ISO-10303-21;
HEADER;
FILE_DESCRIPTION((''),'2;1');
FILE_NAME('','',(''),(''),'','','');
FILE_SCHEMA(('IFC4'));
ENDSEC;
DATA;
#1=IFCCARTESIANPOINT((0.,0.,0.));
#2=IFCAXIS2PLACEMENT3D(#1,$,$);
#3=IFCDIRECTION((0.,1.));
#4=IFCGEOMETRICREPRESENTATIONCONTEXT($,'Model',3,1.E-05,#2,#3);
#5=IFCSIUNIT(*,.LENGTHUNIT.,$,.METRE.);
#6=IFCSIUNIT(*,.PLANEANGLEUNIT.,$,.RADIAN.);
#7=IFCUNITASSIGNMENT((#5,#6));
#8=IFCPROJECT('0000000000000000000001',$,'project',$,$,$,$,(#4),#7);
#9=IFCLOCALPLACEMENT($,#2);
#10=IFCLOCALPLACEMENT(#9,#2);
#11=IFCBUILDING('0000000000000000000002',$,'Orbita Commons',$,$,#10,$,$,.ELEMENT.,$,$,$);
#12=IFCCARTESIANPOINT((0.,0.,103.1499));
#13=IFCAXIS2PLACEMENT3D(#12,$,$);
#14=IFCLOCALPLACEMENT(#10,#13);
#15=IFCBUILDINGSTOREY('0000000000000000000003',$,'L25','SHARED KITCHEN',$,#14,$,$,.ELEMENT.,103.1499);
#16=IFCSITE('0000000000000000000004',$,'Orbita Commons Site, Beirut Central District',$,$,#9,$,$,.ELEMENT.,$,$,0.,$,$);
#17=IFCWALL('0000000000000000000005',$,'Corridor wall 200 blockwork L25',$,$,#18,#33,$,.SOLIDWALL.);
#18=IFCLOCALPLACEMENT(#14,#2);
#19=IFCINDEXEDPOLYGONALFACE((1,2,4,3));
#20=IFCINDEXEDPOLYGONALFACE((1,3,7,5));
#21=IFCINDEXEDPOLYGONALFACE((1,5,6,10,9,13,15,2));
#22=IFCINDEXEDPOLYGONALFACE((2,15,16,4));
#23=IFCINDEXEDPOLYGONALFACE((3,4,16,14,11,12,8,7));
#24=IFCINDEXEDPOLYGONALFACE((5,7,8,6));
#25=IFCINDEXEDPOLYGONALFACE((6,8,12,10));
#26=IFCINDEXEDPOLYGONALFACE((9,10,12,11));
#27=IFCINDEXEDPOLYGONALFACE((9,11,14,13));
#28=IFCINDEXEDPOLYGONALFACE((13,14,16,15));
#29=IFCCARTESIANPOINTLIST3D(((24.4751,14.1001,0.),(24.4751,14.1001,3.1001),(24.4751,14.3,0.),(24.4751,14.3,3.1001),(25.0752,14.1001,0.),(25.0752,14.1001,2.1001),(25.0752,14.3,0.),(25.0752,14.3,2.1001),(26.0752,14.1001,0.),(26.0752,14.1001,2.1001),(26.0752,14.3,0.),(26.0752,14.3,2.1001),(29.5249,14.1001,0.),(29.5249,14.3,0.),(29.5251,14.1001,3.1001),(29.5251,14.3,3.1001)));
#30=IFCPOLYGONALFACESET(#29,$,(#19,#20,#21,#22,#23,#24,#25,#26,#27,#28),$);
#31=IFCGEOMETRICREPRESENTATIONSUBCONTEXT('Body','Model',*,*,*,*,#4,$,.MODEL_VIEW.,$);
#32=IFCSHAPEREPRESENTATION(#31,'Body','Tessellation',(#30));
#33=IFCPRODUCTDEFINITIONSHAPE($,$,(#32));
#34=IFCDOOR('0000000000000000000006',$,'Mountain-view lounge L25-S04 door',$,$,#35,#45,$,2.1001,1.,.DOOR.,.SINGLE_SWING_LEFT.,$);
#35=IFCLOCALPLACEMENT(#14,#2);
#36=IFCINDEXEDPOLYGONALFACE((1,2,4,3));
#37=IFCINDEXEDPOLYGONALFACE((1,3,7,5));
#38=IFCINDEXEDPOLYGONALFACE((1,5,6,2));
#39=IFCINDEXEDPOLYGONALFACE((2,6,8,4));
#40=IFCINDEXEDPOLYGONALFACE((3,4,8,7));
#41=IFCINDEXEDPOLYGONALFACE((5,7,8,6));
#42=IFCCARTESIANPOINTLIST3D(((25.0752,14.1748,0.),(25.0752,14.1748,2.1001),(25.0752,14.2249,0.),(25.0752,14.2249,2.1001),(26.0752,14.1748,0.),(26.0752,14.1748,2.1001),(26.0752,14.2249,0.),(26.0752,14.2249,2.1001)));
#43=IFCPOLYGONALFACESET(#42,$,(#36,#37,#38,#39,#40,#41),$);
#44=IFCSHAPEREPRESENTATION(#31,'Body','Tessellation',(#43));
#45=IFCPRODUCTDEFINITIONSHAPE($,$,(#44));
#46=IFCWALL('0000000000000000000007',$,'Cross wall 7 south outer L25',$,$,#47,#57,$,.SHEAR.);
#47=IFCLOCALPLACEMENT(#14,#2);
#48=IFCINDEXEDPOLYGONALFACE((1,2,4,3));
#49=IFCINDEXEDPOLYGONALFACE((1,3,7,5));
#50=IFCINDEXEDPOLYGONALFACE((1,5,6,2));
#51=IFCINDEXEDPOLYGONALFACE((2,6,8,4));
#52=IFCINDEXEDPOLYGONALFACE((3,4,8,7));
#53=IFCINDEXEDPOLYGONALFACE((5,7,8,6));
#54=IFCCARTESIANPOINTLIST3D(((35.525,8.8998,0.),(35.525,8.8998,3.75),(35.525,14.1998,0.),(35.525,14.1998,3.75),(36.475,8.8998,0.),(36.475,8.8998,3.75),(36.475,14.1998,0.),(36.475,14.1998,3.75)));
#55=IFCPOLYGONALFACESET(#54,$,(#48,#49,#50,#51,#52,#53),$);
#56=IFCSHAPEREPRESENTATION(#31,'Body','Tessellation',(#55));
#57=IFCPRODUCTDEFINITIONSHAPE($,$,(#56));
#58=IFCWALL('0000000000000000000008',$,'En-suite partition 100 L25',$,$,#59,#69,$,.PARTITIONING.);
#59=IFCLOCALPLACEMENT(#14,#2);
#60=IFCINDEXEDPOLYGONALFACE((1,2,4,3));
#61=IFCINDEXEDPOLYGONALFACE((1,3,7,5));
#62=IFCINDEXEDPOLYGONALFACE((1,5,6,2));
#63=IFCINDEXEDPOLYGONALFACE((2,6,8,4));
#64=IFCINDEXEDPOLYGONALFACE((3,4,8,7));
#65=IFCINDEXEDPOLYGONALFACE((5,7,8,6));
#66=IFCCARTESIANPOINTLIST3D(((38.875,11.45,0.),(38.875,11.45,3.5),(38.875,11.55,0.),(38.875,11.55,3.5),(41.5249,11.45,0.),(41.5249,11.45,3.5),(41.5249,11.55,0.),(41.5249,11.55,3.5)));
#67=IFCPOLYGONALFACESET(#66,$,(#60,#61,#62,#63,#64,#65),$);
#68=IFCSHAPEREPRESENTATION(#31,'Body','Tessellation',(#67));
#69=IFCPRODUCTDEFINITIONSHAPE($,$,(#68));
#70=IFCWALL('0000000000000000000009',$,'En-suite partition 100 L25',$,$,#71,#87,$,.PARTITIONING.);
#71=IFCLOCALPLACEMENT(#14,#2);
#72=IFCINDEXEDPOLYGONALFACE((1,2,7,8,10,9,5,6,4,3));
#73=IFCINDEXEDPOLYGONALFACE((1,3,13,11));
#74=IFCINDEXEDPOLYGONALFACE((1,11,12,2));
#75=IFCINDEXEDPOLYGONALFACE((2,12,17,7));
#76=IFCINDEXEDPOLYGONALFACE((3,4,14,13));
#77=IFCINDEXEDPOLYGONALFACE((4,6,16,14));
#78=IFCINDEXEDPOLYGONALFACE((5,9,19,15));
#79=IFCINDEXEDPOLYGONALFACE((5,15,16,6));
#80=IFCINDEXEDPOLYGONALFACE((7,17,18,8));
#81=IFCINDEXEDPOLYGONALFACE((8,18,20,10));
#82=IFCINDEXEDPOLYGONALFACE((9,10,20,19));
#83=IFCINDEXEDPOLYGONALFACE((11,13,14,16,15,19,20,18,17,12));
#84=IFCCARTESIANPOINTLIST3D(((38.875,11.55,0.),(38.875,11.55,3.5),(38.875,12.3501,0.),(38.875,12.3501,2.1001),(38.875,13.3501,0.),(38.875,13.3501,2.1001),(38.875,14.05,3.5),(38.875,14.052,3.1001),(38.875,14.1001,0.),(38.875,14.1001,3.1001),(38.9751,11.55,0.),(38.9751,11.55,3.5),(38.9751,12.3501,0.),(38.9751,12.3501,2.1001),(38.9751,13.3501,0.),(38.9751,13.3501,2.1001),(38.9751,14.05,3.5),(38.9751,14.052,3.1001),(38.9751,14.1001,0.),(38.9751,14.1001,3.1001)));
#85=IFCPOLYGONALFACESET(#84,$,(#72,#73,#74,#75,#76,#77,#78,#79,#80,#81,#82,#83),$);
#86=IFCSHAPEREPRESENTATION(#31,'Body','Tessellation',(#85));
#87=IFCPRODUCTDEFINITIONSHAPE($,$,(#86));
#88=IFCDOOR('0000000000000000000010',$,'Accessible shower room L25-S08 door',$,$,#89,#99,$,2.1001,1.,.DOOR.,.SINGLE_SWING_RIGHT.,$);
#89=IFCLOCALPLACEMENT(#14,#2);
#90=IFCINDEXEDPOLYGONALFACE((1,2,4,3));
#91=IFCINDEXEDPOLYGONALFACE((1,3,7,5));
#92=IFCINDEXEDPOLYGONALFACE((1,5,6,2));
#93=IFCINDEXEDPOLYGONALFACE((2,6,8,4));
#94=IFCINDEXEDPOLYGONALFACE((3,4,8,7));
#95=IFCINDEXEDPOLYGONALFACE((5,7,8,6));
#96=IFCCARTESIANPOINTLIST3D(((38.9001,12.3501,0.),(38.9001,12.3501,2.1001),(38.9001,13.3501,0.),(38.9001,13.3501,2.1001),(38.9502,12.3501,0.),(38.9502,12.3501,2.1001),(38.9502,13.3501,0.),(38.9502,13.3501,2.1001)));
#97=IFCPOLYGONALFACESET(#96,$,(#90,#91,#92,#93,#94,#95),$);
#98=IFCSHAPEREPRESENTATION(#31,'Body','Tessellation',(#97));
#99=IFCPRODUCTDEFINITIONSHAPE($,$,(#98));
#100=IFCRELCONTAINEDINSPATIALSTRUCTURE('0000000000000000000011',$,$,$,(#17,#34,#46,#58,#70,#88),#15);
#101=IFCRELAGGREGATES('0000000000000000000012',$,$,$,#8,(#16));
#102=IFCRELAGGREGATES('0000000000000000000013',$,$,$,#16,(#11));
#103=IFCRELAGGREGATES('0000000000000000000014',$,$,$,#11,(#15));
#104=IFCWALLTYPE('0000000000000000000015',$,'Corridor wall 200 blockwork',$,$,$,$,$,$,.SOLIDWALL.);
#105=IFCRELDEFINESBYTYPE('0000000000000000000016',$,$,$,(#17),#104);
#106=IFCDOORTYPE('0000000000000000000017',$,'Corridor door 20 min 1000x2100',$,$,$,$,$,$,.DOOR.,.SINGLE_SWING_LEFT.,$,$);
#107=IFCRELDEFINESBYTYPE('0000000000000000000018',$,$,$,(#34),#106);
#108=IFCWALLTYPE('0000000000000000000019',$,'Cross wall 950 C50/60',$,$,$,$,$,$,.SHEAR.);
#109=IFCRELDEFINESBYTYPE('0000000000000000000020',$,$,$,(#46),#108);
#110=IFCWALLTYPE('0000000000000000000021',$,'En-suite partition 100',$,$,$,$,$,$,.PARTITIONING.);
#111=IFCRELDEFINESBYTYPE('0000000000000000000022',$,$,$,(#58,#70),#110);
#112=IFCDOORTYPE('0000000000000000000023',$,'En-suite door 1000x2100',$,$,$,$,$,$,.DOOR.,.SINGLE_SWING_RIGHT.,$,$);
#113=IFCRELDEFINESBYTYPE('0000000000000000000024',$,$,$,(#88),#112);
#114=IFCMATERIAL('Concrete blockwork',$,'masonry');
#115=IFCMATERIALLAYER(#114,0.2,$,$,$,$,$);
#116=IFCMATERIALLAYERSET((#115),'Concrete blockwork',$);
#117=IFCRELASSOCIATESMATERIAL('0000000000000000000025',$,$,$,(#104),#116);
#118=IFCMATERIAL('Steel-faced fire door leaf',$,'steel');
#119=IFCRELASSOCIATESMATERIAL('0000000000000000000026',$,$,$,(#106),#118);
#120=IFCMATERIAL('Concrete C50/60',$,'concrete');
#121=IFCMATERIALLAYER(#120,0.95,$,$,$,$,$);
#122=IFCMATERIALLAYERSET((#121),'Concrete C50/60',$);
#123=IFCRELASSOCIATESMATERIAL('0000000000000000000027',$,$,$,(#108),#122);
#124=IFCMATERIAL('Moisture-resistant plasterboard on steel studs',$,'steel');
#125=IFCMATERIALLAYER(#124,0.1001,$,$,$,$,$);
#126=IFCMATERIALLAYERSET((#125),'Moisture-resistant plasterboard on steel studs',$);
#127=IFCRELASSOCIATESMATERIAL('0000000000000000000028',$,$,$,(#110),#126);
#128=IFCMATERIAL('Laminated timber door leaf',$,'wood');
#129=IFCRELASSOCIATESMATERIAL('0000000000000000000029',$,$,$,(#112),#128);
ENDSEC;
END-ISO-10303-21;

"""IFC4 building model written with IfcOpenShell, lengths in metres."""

from ifc_helpers import new_model, si_unit, direction, frame, frame_2d, origin, place, context, subcontext, project, spatial, polyline, rectangle, outline, extrude, material, layer, layer_set, type_object, element, fill, save


model = new_model("IFC4")

# Units and contexts
model_context = context("Model", 3, precision=1e-05, world=origin(), true_north=direction((0.0, 1.0)))
body_context = subcontext(model_context, "Body", "Model", "MODEL_VIEW")
ifc_project = project(units=[si_unit("LENGTHUNIT", "METRE"), si_unit("PLANEANGLEUNIT", "RADIAN")], contexts=[model_context])

# Site, building, storey
site_placement = place(None, origin())
site = spatial("IfcSite", under=ifc_project, at=site_placement, Name="Orbita Commons Site, Beirut Central District", CompositionType="ELEMENT", RefElevation=0.0)
building_placement = place(site_placement, origin())
building = spatial("IfcBuilding", under=site, at=building_placement, Name="Orbita Commons", CompositionType="ELEMENT")
storey_placement = place(building_placement, frame((0.0, 0.0, 103.1499)))
storey = spatial("IfcBuildingStorey", under=building, at=storey_placement, Name="L25", Description="SHARED KITCHEN", CompositionType="ELEMENT", Elevation=103.1499)

# Wall, opening, door
ifc_material_1 = material(Name="Concrete blockwork", Category="masonry")
ifc_layer_1 = layer(ifc_material_1, 0.2)
ifc_layer_set_1 = layer_set([ifc_layer_1], Name="Concrete blockwork")
wall_type_1 = type_object("IfcWallType", Name="Corridor wall 200 blockwork", PredefinedType="SOLIDWALL", material=ifc_layer_set_1)
wall_1_placement = place(storey_placement, frame((24.4751, 14.2, 0.0), z_axis=(0.0, 0.0, 1.0), x_axis=(1.0, 0.0, 0.0)))
wall_1 = element("IfcWall", 1, at=wall_1_placement, inside=storey, type_object=wall_type_1, Name="Corridor wall 200 blockwork L25", PredefinedType="SOLIDWALL", context=body_context, shape_type="SweptSolid", body=[
    extrude(outline(polyline([(0.0, 0.0), (5.0498, 0.0), (5.05, 3.1001), (0.0, 3.1001), (0.0, 0.0)])), frame((0.0, 0.1001, 0.0), z_axis=(0.0, -1.0, 0.0), x_axis=(1.0, 0.0, 0.0)), (0.0, 0.0, 1.0), 0.2),
])
opening_1_placement = place(wall_1_placement, frame((0.6001, 0.0, 0.0)))
opening_1 = element("IfcOpeningElement", 2, at=opening_1_placement, cuts=wall_1, PredefinedType="OPENING", context=body_context, shape_type="SweptSolid", body=[
    extrude(rectangle(XDim=1.0, YDim=2.1001, at=frame_2d((0.5, 1.05))), frame((0.0, 0.1099, 0.0), z_axis=(0.0, -1.0, 0.0), x_axis=(1.0, 0.0, 0.0)), (0.0, 0.0, 1.0), 0.22),
])
ifc_material_2 = material(Name="Steel-faced fire door leaf", Category="steel")
door_type_1 = type_object("IfcDoorType", Name="Corridor door 20 min 1000x2100", OperationType="SINGLE_SWING_LEFT", PredefinedType="DOOR", material=ifc_material_2)
door_1_placement = place(opening_1_placement, origin())
door_1 = element("IfcDoor", 3, at=door_1_placement, inside=storey, type_object=door_type_1, Name="Mountain-view lounge L25-S04 door", OperationType="SINGLE_SWING_LEFT", OverallHeight=2.1001, OverallWidth=1.0, PredefinedType="DOOR", context=body_context, shape_type="SweptSolid", body=[
    extrude(rectangle(XDim=1.0, YDim=2.1001, at=frame_2d((0.5, 1.05))), frame((0.0, 0.0249, 0.0), z_axis=(0.0, -1.0, 0.0), x_axis=(1.0, 0.0, 0.0)), (0.0, 0.0, 1.0), 0.05),
])
fill(opening_1, door_1)

# Walls
ifc_material_3 = material(Name="Concrete C50/60", Category="concrete")
ifc_layer_2 = layer(ifc_material_3, 0.95)
ifc_layer_set_2 = layer_set([ifc_layer_2], Name="Concrete C50/60")
wall_type_2 = type_object("IfcWallType", Name="Cross wall 950 C50/60", PredefinedType="SHEAR", material=ifc_layer_set_2)
wall_2_placement = place(storey_placement, frame((36.0, 8.8999, 0.0), z_axis=(0.0, 0.0, 1.0), x_axis=(0.0, 1.0, 0.0)))
element("IfcWall", 4, at=wall_2_placement, inside=storey, type_object=wall_type_2, Name="Cross wall 7 south outer L25", PredefinedType="SHEAR", context=body_context, shape_type="SweptSolid", body=[
    extrude(rectangle(XDim=5.3, YDim=0.95, at=frame_2d((2.6499, 0.0))), origin(), (0.0, 0.0, 1.0), 3.75),
])
ifc_material_4 = material(Name="Moisture-resistant plasterboard on steel studs", Category="steel")
ifc_layer_3 = layer(ifc_material_4, 0.1001)
ifc_layer_set_3 = layer_set([ifc_layer_3], Name="Moisture-resistant plasterboard on steel studs")
wall_type_3 = type_object("IfcWallType", Name="En-suite partition 100", PredefinedType="PARTITIONING", material=ifc_layer_set_3)
wall_3_placement = place(storey_placement, frame((38.875, 11.5, 0.0), z_axis=(0.0, 0.0, 1.0), x_axis=(1.0, 0.0, 0.0)))
element("IfcWall", 5, at=wall_3_placement, inside=storey, type_object=wall_type_3, Name="En-suite partition 100 L25", PredefinedType="PARTITIONING", context=body_context, shape_type="SweptSolid", body=[
    extrude(rectangle(XDim=2.6499, YDim=0.1001, at=frame_2d((1.325, 0.0))), origin(), (0.0, 0.0, 1.0), 3.5),
])

# Wall, opening, door
wall_4_placement = place(storey_placement, frame((38.925, 11.55, 0.0), z_axis=(0.0, 0.0, 1.0), x_axis=(0.0, 1.0, 0.0)))
wall_4 = element("IfcWall", 6, at=wall_4_placement, inside=storey, type_object=wall_type_3, Name="En-suite partition 100 L25", PredefinedType="PARTITIONING", context=body_context, shape_type="SweptSolid", body=[
    extrude(outline(polyline([(0.0, 0.0), (2.55, 0.0), (2.55, 3.1001), (2.502, 3.1001), (2.5, 3.5), (0.0, 3.5), (0.0, 0.0)])), frame((0.0, 0.05, 0.0), z_axis=(0.0, -1.0, 0.0), x_axis=(1.0, 0.0, 0.0)), (0.0, 0.0, 1.0), 0.1001),
])
opening_2_placement = place(wall_4_placement, frame((0.8, 0.0, 0.0)))
opening_2 = element("IfcOpeningElement", 7, at=opening_2_placement, cuts=wall_4, PredefinedType="OPENING", context=body_context, shape_type="SweptSolid", body=[
    extrude(rectangle(XDim=1.0, YDim=2.1001, at=frame_2d((0.5, 1.05))), frame((0.0, 0.0601, 0.0), z_axis=(0.0, -1.0, 0.0), x_axis=(1.0, 0.0, 0.0)), (0.0, 0.0, 1.0), 0.1201),
])
ifc_material_5 = material(Name="Laminated timber door leaf", Category="wood")
door_type_2 = type_object("IfcDoorType", Name="En-suite door 1000x2100", OperationType="SINGLE_SWING_RIGHT", PredefinedType="DOOR", material=ifc_material_5)
door_2_placement = place(opening_2_placement, origin())
door_2 = element("IfcDoor", 8, at=door_2_placement, inside=storey, type_object=door_type_2, Name="Accessible shower room L25-S08 door", OperationType="SINGLE_SWING_RIGHT", OverallHeight=2.1001, OverallWidth=1.0, PredefinedType="DOOR", context=body_context, shape_type="SweptSolid", body=[
    extrude(rectangle(XDim=1.0, YDim=2.1001, at=frame_2d((0.5, 1.05))), frame((0.0, 0.0249, 0.0), z_axis=(0.0, -1.0, 0.0), x_axis=(1.0, 0.0, 0.0)), (0.0, 0.0, 1.0), 0.05),
])
fill(opening_2, door_2)

save(model, "model.ifc")
